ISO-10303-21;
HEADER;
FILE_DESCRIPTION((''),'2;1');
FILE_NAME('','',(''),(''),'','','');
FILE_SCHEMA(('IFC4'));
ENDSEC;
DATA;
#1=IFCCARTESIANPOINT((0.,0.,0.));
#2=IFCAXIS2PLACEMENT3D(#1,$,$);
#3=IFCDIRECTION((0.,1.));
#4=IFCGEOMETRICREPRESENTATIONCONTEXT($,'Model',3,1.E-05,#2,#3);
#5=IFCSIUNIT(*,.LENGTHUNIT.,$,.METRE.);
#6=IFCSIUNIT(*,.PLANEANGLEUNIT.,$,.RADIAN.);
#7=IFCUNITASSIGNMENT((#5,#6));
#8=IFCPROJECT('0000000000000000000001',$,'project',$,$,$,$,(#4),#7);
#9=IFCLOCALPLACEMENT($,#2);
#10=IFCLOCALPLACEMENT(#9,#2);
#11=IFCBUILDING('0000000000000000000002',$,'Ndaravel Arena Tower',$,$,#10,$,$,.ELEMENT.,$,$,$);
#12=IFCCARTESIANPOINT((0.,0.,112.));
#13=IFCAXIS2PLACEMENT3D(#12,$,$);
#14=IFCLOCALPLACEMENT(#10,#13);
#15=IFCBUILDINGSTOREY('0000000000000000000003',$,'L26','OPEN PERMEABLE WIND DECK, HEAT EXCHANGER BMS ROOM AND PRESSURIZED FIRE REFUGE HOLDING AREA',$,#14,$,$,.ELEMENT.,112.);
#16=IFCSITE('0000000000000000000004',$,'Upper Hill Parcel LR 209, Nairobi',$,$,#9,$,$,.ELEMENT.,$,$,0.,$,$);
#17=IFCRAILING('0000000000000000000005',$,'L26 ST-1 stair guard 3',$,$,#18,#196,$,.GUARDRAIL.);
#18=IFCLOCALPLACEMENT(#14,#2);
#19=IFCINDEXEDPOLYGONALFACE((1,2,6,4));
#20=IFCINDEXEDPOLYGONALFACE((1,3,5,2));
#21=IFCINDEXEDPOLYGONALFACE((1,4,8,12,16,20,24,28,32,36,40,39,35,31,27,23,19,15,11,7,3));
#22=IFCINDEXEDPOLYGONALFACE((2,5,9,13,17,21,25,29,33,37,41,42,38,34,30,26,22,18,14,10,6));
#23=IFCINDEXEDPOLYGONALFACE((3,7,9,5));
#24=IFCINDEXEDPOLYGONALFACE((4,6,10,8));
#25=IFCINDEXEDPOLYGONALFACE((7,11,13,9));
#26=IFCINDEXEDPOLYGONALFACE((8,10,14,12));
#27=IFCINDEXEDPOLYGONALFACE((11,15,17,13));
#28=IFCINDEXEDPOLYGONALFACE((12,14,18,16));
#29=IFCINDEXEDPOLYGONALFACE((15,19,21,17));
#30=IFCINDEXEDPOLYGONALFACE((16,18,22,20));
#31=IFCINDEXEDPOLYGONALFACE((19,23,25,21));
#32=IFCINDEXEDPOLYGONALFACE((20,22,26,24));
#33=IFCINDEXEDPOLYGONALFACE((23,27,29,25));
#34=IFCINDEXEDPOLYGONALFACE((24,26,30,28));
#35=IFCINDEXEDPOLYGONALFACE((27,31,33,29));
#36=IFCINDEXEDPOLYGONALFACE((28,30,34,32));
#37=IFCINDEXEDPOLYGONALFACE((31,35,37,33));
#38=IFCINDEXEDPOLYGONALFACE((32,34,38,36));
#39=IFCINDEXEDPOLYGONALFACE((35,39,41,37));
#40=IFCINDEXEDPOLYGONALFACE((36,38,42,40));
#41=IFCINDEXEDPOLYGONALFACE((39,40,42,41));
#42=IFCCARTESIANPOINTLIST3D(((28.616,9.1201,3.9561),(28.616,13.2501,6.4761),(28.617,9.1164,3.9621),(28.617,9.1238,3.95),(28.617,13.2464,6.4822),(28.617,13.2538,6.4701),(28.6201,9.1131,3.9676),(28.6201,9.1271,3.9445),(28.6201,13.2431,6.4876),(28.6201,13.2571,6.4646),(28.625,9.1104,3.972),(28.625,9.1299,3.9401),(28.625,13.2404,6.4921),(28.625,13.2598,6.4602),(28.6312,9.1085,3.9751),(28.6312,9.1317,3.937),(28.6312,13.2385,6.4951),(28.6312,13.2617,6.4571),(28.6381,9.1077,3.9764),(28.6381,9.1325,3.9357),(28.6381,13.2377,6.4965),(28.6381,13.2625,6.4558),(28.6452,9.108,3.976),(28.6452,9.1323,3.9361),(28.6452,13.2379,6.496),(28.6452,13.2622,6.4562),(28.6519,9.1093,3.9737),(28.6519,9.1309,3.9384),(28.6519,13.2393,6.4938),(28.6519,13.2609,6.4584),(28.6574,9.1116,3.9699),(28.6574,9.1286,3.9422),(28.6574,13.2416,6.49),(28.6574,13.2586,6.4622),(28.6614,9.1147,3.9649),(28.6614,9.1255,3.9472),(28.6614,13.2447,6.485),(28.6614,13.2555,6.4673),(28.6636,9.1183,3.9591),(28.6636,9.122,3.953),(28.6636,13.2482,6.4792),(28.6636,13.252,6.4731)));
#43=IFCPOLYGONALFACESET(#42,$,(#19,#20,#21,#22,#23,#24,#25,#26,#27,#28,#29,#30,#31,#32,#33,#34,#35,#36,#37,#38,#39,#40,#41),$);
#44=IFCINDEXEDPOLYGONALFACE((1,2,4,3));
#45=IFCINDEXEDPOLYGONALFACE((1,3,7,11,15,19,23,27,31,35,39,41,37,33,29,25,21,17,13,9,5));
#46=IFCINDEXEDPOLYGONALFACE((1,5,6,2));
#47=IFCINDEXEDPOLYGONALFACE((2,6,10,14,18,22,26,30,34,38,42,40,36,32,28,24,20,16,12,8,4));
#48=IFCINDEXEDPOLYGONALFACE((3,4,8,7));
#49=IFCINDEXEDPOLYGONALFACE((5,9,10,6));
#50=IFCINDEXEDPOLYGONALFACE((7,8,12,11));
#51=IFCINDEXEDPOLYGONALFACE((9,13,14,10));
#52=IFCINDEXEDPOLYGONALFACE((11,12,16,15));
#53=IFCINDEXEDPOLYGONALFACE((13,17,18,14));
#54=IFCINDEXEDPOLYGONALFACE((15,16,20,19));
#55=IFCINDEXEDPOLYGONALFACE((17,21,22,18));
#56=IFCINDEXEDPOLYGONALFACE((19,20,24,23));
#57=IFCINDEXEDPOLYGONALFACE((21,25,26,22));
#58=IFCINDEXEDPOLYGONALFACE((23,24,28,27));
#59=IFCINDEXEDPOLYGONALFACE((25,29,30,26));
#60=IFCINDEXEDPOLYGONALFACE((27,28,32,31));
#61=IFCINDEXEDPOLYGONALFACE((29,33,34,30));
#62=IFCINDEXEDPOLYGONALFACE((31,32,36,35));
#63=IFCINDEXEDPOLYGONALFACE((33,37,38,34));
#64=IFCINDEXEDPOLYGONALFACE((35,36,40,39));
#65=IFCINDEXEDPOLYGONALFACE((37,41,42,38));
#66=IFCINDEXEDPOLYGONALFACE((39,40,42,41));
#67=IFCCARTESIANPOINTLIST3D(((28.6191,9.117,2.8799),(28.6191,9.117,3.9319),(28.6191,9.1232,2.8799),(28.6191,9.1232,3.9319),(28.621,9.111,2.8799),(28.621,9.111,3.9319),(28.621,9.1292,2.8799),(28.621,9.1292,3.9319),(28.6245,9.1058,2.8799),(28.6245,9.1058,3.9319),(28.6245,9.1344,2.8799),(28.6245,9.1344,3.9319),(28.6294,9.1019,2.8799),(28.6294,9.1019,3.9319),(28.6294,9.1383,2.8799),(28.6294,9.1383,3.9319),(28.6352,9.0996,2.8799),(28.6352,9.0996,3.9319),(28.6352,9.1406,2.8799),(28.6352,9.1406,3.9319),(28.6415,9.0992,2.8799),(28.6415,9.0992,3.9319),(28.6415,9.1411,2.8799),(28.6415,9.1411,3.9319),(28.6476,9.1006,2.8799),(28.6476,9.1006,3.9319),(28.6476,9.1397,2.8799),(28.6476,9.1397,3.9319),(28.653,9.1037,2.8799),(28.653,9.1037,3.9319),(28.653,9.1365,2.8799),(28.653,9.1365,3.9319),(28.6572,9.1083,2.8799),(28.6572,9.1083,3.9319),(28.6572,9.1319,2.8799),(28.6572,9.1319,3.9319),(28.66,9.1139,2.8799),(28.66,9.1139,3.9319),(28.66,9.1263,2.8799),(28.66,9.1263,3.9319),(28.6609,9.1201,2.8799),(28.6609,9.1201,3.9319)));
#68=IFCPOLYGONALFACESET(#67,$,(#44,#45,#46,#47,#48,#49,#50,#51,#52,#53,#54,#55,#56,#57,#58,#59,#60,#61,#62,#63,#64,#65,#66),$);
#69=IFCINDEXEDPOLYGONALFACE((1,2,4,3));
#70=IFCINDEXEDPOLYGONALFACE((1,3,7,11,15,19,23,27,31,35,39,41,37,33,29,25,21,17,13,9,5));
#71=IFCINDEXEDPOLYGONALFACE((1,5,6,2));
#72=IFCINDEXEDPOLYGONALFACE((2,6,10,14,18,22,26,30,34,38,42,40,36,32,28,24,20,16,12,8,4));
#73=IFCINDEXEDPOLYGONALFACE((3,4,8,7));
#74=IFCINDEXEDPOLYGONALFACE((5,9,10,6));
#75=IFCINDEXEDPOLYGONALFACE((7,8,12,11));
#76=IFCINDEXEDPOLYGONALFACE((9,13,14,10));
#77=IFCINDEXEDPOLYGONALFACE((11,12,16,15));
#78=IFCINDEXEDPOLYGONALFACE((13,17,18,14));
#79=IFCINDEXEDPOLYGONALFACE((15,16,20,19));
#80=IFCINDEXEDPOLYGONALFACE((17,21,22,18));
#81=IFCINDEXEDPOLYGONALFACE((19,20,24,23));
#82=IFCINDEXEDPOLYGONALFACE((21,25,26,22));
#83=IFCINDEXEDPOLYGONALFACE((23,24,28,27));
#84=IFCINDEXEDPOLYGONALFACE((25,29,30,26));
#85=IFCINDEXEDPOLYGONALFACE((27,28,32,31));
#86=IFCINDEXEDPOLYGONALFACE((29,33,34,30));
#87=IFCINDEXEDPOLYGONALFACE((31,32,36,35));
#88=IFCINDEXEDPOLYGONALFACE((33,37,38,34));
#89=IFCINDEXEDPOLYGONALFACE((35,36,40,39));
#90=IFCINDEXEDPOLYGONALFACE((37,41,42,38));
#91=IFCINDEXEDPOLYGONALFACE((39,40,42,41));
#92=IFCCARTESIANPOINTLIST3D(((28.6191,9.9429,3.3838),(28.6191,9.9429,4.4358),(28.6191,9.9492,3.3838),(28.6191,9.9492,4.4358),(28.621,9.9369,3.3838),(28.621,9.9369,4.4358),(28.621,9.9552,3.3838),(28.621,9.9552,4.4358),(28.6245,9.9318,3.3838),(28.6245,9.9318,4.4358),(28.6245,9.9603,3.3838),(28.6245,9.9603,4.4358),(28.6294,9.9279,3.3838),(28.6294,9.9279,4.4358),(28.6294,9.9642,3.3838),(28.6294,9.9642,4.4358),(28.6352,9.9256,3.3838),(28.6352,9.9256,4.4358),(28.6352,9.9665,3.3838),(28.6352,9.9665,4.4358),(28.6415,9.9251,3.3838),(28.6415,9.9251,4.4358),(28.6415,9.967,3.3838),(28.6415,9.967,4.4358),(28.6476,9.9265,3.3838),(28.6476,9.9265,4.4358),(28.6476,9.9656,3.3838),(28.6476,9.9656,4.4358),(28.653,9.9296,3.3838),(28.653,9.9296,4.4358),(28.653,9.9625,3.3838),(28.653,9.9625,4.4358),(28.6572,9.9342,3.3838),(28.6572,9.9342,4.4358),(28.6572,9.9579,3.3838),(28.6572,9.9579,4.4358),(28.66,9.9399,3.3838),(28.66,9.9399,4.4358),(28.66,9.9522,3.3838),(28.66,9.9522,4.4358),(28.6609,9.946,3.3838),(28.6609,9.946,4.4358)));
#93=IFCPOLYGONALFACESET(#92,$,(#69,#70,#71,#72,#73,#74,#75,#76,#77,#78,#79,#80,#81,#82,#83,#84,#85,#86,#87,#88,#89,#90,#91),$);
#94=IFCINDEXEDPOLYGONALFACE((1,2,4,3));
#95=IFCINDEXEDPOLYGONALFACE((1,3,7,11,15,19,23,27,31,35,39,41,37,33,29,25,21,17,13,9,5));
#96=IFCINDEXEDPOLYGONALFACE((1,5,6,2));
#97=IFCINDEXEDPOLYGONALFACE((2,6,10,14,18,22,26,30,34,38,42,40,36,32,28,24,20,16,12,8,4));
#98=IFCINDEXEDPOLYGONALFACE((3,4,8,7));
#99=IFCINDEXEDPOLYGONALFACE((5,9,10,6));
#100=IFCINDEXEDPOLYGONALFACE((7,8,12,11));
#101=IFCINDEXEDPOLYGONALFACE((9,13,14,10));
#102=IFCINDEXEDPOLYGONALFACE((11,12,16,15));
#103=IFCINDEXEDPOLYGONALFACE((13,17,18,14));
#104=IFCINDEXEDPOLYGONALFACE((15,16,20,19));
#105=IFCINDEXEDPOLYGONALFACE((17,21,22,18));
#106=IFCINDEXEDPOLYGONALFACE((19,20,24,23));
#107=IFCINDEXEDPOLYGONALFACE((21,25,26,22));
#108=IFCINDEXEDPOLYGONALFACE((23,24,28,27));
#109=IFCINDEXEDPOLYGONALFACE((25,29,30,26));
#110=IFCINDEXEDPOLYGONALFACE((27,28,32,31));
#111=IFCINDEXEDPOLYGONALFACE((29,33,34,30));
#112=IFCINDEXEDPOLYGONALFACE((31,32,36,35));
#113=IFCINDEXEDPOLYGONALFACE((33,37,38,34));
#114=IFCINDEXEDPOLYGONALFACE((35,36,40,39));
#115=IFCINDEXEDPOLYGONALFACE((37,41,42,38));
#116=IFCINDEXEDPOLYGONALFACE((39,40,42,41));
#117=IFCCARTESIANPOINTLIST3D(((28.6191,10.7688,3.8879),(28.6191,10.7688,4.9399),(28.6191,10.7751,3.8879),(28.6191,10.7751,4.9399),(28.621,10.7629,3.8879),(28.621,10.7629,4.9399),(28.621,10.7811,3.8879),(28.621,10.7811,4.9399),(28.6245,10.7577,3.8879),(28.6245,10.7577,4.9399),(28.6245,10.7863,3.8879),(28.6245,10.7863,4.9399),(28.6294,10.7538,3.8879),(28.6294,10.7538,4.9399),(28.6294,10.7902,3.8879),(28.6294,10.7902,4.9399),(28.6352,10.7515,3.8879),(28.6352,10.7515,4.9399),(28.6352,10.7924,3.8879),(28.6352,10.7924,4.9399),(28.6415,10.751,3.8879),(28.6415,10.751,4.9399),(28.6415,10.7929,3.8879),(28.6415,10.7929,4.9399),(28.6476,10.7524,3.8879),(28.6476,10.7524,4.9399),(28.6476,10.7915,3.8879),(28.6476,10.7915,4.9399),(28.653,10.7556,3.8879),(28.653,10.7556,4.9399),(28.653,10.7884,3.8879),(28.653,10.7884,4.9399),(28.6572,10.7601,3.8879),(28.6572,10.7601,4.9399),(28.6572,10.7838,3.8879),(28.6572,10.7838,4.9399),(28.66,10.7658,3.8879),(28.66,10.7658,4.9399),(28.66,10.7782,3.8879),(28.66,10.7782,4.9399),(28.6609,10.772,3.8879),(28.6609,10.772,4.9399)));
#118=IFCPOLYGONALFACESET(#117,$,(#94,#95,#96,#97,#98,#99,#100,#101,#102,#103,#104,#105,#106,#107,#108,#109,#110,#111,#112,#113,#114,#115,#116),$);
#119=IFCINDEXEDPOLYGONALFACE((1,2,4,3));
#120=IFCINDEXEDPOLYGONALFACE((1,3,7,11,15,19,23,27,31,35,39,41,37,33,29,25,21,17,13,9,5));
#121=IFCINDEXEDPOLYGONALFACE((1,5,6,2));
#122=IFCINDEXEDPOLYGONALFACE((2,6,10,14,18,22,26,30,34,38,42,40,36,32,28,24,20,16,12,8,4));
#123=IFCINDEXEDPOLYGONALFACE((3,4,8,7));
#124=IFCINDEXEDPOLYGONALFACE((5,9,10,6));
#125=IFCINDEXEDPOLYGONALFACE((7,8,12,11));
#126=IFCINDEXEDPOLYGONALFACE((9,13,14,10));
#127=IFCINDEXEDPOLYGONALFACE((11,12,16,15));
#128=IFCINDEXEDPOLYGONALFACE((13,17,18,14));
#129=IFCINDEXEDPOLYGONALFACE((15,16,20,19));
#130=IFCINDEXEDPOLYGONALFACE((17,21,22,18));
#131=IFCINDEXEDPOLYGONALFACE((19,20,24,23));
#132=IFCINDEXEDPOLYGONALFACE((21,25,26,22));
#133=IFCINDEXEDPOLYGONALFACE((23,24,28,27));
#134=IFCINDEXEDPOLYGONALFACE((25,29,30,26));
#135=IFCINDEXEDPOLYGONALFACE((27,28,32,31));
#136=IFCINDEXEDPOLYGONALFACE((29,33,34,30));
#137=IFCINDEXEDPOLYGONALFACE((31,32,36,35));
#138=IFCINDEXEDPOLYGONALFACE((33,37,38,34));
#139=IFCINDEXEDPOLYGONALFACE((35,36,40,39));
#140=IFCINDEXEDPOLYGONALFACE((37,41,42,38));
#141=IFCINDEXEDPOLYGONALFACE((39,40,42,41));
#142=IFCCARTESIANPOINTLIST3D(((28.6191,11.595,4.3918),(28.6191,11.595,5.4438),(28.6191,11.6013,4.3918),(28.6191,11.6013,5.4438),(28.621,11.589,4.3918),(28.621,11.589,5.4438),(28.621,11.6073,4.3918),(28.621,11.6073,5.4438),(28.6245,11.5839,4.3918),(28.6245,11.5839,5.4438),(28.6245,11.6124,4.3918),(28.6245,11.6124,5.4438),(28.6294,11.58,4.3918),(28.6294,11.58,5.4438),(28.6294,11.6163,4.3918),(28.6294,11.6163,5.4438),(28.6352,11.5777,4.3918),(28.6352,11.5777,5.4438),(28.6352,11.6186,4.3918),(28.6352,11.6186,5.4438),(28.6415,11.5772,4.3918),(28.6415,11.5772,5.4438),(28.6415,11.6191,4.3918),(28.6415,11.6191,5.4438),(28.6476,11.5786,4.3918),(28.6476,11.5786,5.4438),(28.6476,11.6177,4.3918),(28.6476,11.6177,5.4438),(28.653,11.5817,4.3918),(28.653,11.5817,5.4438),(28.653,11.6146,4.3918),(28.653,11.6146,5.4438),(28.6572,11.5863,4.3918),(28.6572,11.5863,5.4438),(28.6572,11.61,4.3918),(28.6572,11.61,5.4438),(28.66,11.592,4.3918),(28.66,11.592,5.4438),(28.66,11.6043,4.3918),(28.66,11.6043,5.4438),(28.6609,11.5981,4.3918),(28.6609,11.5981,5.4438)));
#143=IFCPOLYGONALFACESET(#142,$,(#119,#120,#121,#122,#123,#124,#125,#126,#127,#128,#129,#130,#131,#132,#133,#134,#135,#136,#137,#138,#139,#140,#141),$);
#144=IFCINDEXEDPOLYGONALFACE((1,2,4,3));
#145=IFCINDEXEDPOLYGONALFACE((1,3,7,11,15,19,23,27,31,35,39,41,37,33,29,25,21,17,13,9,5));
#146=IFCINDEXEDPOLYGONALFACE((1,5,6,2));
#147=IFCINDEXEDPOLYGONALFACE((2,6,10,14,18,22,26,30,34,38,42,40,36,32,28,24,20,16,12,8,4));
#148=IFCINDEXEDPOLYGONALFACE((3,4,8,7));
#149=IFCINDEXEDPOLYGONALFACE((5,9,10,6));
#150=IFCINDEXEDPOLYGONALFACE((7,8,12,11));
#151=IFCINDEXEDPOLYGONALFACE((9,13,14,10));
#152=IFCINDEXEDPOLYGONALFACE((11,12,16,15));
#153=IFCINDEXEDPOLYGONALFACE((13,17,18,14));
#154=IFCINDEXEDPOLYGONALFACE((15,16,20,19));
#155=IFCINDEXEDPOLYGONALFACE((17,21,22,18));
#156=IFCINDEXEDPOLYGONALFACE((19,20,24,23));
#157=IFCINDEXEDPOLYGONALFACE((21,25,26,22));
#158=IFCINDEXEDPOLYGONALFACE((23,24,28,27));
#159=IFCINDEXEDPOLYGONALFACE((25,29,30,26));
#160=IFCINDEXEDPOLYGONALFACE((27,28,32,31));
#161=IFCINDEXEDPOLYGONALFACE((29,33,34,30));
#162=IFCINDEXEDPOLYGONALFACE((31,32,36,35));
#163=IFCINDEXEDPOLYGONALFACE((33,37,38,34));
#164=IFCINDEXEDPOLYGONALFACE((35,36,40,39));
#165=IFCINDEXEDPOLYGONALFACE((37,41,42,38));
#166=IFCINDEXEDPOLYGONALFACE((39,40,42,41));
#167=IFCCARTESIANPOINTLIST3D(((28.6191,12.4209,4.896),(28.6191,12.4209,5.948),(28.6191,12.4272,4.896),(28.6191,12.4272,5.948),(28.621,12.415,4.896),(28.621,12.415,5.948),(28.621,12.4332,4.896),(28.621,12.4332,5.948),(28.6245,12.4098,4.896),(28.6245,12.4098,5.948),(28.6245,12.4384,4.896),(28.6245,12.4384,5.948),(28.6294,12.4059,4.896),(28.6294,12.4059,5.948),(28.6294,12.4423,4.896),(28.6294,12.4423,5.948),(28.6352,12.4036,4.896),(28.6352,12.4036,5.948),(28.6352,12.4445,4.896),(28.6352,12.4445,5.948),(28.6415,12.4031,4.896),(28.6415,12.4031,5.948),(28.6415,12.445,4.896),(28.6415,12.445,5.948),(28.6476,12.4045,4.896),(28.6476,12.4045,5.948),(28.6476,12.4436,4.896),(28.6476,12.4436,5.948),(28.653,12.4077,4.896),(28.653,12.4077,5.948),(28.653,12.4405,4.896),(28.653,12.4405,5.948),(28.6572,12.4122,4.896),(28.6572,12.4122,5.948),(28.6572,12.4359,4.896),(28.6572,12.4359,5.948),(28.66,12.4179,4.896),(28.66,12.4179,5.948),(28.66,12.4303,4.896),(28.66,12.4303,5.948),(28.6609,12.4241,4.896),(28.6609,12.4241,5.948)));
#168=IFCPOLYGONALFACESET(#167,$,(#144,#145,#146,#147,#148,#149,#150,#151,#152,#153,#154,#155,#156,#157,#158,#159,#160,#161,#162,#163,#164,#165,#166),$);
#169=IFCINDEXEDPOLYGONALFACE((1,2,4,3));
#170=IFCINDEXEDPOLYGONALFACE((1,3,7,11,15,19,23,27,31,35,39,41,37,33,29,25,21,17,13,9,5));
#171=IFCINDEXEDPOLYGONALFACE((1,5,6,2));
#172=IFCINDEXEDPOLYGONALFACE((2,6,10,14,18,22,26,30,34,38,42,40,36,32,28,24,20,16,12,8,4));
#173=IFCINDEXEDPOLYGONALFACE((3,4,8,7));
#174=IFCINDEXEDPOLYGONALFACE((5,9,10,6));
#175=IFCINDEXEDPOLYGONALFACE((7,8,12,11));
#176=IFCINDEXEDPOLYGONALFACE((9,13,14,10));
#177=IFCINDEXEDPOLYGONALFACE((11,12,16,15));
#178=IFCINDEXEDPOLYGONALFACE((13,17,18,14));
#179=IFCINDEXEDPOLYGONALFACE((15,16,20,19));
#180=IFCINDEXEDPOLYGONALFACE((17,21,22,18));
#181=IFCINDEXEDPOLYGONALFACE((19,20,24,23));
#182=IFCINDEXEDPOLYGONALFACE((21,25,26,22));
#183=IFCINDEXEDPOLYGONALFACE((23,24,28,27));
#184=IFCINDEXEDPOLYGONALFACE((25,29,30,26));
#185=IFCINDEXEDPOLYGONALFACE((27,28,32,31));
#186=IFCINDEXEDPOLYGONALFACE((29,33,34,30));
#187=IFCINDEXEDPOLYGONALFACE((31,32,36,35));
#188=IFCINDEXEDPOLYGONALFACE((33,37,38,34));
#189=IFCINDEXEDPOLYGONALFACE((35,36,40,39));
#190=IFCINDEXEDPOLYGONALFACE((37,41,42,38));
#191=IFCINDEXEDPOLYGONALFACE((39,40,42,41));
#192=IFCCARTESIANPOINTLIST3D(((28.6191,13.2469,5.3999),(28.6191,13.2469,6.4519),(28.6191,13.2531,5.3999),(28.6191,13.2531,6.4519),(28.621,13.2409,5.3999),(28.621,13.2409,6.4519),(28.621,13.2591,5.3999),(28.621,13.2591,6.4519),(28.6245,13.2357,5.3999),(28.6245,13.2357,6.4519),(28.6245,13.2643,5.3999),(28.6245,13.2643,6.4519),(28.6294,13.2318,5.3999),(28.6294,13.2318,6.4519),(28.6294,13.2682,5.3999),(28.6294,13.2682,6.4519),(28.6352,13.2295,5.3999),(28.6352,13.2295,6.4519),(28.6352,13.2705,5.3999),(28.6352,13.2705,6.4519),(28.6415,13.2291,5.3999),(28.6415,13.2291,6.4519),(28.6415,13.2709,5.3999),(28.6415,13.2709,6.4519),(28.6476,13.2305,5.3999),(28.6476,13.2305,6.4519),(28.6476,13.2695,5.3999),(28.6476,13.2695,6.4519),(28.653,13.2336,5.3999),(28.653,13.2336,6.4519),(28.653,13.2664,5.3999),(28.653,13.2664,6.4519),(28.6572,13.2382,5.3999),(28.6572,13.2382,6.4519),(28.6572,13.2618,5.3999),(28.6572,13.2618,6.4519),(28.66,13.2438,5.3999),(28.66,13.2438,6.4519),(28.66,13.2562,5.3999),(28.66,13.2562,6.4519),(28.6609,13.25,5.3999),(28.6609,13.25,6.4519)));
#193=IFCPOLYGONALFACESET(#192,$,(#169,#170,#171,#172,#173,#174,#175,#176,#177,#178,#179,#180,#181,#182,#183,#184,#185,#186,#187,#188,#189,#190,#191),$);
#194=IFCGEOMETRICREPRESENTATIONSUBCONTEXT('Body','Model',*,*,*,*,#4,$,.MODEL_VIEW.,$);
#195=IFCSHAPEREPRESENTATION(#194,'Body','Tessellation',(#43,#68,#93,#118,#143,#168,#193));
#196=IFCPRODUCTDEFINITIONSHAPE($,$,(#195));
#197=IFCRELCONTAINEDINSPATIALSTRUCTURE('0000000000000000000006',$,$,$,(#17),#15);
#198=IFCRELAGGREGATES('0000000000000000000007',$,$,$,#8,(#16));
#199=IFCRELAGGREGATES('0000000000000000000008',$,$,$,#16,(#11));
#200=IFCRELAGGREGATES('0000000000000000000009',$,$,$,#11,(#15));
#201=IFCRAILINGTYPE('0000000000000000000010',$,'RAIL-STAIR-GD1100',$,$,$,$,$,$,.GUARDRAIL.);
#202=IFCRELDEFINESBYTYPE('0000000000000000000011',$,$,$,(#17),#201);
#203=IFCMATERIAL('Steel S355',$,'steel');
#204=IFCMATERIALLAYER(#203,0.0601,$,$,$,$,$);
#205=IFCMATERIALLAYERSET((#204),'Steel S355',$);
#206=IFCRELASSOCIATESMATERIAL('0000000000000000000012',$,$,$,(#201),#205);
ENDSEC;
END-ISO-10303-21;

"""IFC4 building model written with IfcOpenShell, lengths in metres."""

from ifc_helpers import new_model, si_unit, direction, frame, origin, origin_2d, place, context, subcontext, project, spatial, circle, extrude, material, layer, layer_set, type_object, element, save


model = new_model("IFC4")

# Units and contexts
model_context = context("Model", 3, precision=1e-05, world=origin(), true_north=direction((0.0, 1.0)))
body_context = subcontext(model_context, "Body", "Model", "MODEL_VIEW")
ifc_project = project(units=[si_unit("LENGTHUNIT", "METRE"), si_unit("PLANEANGLEUNIT", "RADIAN")], contexts=[model_context])

# Site, building, storey
site_placement = place(None, origin())
site = spatial("IfcSite", under=ifc_project, at=site_placement, Name="Upper Hill Parcel LR 209, Nairobi", CompositionType="ELEMENT", RefElevation=0.0)
building_placement = place(site_placement, origin())
building = spatial("IfcBuilding", under=site, at=building_placement, Name="Ndaravel Arena Tower", CompositionType="ELEMENT")
storey_placement = place(building_placement, frame((0.0, 0.0, 112.0)))
storey = spatial("IfcBuildingStorey", under=building, at=storey_placement, Name="L26", Description="OPEN PERMEABLE WIND DECK, HEAT EXCHANGER BMS ROOM AND PRESSURIZED FIRE REFUGE HOLDING AREA", CompositionType="ELEMENT", Elevation=112.0)

# Railing
ifc_material_1 = material(Name="Steel S355", Category="steel")
ifc_layer_1 = layer(ifc_material_1, 0.0601)
ifc_layer_set_1 = layer_set([ifc_layer_1], Name="Steel S355")
railing_type_1 = type_object("IfcRailingType", Name="RAIL-STAIR-GD1100", PredefinedType="GUARDRAIL", material=ifc_layer_set_1)
railing_1_placement = place(storey_placement, frame((28.6399, 9.1201, 2.8799)))
element("IfcRailing", 1, at=railing_1_placement, inside=storey, type_object=railing_type_1, Name="L26 ST-1 stair guard 3", PredefinedType="GUARDRAIL", context=body_context, shape_type="SweptSolid", body=[
    extrude(circle(Radius=0.0239, at=origin_2d()), frame((0.0, 0.0, 1.0762), z_axis=(0.0, 0.853631, 0.520878), x_axis=(-1.0, 0.0, 0.0)), (0.0, 0.0, 1.0), 4.8381),
    extrude(circle(Radius=0.021, at=origin_2d()), origin(), (0.0, 0.0, 1.0), 1.052),
    extrude(circle(Radius=0.021, at=origin_2d()), frame((0.0, 0.8259, 0.5039)), (0.0, 0.0, 1.0), 1.052),
    extrude(circle(Radius=0.021, at=origin_2d()), frame((0.0, 1.6519, 1.0081)), (0.0, 0.0, 1.0), 1.052),
    extrude(circle(Radius=0.021, at=origin_2d()), frame((0.0, 2.478, 1.512)), (0.0, 0.0, 1.0), 1.052),
    extrude(circle(Radius=0.021, at=origin_2d()), frame((0.0, 3.304, 2.0161)), (0.0, 0.0, 1.0), 1.052),
    extrude(circle(Radius=0.021, at=origin_2d()), frame((0.0, 4.1299, 2.52)), (0.0, 0.0, 1.0), 1.052),
])

save(model, "model.ifc")
